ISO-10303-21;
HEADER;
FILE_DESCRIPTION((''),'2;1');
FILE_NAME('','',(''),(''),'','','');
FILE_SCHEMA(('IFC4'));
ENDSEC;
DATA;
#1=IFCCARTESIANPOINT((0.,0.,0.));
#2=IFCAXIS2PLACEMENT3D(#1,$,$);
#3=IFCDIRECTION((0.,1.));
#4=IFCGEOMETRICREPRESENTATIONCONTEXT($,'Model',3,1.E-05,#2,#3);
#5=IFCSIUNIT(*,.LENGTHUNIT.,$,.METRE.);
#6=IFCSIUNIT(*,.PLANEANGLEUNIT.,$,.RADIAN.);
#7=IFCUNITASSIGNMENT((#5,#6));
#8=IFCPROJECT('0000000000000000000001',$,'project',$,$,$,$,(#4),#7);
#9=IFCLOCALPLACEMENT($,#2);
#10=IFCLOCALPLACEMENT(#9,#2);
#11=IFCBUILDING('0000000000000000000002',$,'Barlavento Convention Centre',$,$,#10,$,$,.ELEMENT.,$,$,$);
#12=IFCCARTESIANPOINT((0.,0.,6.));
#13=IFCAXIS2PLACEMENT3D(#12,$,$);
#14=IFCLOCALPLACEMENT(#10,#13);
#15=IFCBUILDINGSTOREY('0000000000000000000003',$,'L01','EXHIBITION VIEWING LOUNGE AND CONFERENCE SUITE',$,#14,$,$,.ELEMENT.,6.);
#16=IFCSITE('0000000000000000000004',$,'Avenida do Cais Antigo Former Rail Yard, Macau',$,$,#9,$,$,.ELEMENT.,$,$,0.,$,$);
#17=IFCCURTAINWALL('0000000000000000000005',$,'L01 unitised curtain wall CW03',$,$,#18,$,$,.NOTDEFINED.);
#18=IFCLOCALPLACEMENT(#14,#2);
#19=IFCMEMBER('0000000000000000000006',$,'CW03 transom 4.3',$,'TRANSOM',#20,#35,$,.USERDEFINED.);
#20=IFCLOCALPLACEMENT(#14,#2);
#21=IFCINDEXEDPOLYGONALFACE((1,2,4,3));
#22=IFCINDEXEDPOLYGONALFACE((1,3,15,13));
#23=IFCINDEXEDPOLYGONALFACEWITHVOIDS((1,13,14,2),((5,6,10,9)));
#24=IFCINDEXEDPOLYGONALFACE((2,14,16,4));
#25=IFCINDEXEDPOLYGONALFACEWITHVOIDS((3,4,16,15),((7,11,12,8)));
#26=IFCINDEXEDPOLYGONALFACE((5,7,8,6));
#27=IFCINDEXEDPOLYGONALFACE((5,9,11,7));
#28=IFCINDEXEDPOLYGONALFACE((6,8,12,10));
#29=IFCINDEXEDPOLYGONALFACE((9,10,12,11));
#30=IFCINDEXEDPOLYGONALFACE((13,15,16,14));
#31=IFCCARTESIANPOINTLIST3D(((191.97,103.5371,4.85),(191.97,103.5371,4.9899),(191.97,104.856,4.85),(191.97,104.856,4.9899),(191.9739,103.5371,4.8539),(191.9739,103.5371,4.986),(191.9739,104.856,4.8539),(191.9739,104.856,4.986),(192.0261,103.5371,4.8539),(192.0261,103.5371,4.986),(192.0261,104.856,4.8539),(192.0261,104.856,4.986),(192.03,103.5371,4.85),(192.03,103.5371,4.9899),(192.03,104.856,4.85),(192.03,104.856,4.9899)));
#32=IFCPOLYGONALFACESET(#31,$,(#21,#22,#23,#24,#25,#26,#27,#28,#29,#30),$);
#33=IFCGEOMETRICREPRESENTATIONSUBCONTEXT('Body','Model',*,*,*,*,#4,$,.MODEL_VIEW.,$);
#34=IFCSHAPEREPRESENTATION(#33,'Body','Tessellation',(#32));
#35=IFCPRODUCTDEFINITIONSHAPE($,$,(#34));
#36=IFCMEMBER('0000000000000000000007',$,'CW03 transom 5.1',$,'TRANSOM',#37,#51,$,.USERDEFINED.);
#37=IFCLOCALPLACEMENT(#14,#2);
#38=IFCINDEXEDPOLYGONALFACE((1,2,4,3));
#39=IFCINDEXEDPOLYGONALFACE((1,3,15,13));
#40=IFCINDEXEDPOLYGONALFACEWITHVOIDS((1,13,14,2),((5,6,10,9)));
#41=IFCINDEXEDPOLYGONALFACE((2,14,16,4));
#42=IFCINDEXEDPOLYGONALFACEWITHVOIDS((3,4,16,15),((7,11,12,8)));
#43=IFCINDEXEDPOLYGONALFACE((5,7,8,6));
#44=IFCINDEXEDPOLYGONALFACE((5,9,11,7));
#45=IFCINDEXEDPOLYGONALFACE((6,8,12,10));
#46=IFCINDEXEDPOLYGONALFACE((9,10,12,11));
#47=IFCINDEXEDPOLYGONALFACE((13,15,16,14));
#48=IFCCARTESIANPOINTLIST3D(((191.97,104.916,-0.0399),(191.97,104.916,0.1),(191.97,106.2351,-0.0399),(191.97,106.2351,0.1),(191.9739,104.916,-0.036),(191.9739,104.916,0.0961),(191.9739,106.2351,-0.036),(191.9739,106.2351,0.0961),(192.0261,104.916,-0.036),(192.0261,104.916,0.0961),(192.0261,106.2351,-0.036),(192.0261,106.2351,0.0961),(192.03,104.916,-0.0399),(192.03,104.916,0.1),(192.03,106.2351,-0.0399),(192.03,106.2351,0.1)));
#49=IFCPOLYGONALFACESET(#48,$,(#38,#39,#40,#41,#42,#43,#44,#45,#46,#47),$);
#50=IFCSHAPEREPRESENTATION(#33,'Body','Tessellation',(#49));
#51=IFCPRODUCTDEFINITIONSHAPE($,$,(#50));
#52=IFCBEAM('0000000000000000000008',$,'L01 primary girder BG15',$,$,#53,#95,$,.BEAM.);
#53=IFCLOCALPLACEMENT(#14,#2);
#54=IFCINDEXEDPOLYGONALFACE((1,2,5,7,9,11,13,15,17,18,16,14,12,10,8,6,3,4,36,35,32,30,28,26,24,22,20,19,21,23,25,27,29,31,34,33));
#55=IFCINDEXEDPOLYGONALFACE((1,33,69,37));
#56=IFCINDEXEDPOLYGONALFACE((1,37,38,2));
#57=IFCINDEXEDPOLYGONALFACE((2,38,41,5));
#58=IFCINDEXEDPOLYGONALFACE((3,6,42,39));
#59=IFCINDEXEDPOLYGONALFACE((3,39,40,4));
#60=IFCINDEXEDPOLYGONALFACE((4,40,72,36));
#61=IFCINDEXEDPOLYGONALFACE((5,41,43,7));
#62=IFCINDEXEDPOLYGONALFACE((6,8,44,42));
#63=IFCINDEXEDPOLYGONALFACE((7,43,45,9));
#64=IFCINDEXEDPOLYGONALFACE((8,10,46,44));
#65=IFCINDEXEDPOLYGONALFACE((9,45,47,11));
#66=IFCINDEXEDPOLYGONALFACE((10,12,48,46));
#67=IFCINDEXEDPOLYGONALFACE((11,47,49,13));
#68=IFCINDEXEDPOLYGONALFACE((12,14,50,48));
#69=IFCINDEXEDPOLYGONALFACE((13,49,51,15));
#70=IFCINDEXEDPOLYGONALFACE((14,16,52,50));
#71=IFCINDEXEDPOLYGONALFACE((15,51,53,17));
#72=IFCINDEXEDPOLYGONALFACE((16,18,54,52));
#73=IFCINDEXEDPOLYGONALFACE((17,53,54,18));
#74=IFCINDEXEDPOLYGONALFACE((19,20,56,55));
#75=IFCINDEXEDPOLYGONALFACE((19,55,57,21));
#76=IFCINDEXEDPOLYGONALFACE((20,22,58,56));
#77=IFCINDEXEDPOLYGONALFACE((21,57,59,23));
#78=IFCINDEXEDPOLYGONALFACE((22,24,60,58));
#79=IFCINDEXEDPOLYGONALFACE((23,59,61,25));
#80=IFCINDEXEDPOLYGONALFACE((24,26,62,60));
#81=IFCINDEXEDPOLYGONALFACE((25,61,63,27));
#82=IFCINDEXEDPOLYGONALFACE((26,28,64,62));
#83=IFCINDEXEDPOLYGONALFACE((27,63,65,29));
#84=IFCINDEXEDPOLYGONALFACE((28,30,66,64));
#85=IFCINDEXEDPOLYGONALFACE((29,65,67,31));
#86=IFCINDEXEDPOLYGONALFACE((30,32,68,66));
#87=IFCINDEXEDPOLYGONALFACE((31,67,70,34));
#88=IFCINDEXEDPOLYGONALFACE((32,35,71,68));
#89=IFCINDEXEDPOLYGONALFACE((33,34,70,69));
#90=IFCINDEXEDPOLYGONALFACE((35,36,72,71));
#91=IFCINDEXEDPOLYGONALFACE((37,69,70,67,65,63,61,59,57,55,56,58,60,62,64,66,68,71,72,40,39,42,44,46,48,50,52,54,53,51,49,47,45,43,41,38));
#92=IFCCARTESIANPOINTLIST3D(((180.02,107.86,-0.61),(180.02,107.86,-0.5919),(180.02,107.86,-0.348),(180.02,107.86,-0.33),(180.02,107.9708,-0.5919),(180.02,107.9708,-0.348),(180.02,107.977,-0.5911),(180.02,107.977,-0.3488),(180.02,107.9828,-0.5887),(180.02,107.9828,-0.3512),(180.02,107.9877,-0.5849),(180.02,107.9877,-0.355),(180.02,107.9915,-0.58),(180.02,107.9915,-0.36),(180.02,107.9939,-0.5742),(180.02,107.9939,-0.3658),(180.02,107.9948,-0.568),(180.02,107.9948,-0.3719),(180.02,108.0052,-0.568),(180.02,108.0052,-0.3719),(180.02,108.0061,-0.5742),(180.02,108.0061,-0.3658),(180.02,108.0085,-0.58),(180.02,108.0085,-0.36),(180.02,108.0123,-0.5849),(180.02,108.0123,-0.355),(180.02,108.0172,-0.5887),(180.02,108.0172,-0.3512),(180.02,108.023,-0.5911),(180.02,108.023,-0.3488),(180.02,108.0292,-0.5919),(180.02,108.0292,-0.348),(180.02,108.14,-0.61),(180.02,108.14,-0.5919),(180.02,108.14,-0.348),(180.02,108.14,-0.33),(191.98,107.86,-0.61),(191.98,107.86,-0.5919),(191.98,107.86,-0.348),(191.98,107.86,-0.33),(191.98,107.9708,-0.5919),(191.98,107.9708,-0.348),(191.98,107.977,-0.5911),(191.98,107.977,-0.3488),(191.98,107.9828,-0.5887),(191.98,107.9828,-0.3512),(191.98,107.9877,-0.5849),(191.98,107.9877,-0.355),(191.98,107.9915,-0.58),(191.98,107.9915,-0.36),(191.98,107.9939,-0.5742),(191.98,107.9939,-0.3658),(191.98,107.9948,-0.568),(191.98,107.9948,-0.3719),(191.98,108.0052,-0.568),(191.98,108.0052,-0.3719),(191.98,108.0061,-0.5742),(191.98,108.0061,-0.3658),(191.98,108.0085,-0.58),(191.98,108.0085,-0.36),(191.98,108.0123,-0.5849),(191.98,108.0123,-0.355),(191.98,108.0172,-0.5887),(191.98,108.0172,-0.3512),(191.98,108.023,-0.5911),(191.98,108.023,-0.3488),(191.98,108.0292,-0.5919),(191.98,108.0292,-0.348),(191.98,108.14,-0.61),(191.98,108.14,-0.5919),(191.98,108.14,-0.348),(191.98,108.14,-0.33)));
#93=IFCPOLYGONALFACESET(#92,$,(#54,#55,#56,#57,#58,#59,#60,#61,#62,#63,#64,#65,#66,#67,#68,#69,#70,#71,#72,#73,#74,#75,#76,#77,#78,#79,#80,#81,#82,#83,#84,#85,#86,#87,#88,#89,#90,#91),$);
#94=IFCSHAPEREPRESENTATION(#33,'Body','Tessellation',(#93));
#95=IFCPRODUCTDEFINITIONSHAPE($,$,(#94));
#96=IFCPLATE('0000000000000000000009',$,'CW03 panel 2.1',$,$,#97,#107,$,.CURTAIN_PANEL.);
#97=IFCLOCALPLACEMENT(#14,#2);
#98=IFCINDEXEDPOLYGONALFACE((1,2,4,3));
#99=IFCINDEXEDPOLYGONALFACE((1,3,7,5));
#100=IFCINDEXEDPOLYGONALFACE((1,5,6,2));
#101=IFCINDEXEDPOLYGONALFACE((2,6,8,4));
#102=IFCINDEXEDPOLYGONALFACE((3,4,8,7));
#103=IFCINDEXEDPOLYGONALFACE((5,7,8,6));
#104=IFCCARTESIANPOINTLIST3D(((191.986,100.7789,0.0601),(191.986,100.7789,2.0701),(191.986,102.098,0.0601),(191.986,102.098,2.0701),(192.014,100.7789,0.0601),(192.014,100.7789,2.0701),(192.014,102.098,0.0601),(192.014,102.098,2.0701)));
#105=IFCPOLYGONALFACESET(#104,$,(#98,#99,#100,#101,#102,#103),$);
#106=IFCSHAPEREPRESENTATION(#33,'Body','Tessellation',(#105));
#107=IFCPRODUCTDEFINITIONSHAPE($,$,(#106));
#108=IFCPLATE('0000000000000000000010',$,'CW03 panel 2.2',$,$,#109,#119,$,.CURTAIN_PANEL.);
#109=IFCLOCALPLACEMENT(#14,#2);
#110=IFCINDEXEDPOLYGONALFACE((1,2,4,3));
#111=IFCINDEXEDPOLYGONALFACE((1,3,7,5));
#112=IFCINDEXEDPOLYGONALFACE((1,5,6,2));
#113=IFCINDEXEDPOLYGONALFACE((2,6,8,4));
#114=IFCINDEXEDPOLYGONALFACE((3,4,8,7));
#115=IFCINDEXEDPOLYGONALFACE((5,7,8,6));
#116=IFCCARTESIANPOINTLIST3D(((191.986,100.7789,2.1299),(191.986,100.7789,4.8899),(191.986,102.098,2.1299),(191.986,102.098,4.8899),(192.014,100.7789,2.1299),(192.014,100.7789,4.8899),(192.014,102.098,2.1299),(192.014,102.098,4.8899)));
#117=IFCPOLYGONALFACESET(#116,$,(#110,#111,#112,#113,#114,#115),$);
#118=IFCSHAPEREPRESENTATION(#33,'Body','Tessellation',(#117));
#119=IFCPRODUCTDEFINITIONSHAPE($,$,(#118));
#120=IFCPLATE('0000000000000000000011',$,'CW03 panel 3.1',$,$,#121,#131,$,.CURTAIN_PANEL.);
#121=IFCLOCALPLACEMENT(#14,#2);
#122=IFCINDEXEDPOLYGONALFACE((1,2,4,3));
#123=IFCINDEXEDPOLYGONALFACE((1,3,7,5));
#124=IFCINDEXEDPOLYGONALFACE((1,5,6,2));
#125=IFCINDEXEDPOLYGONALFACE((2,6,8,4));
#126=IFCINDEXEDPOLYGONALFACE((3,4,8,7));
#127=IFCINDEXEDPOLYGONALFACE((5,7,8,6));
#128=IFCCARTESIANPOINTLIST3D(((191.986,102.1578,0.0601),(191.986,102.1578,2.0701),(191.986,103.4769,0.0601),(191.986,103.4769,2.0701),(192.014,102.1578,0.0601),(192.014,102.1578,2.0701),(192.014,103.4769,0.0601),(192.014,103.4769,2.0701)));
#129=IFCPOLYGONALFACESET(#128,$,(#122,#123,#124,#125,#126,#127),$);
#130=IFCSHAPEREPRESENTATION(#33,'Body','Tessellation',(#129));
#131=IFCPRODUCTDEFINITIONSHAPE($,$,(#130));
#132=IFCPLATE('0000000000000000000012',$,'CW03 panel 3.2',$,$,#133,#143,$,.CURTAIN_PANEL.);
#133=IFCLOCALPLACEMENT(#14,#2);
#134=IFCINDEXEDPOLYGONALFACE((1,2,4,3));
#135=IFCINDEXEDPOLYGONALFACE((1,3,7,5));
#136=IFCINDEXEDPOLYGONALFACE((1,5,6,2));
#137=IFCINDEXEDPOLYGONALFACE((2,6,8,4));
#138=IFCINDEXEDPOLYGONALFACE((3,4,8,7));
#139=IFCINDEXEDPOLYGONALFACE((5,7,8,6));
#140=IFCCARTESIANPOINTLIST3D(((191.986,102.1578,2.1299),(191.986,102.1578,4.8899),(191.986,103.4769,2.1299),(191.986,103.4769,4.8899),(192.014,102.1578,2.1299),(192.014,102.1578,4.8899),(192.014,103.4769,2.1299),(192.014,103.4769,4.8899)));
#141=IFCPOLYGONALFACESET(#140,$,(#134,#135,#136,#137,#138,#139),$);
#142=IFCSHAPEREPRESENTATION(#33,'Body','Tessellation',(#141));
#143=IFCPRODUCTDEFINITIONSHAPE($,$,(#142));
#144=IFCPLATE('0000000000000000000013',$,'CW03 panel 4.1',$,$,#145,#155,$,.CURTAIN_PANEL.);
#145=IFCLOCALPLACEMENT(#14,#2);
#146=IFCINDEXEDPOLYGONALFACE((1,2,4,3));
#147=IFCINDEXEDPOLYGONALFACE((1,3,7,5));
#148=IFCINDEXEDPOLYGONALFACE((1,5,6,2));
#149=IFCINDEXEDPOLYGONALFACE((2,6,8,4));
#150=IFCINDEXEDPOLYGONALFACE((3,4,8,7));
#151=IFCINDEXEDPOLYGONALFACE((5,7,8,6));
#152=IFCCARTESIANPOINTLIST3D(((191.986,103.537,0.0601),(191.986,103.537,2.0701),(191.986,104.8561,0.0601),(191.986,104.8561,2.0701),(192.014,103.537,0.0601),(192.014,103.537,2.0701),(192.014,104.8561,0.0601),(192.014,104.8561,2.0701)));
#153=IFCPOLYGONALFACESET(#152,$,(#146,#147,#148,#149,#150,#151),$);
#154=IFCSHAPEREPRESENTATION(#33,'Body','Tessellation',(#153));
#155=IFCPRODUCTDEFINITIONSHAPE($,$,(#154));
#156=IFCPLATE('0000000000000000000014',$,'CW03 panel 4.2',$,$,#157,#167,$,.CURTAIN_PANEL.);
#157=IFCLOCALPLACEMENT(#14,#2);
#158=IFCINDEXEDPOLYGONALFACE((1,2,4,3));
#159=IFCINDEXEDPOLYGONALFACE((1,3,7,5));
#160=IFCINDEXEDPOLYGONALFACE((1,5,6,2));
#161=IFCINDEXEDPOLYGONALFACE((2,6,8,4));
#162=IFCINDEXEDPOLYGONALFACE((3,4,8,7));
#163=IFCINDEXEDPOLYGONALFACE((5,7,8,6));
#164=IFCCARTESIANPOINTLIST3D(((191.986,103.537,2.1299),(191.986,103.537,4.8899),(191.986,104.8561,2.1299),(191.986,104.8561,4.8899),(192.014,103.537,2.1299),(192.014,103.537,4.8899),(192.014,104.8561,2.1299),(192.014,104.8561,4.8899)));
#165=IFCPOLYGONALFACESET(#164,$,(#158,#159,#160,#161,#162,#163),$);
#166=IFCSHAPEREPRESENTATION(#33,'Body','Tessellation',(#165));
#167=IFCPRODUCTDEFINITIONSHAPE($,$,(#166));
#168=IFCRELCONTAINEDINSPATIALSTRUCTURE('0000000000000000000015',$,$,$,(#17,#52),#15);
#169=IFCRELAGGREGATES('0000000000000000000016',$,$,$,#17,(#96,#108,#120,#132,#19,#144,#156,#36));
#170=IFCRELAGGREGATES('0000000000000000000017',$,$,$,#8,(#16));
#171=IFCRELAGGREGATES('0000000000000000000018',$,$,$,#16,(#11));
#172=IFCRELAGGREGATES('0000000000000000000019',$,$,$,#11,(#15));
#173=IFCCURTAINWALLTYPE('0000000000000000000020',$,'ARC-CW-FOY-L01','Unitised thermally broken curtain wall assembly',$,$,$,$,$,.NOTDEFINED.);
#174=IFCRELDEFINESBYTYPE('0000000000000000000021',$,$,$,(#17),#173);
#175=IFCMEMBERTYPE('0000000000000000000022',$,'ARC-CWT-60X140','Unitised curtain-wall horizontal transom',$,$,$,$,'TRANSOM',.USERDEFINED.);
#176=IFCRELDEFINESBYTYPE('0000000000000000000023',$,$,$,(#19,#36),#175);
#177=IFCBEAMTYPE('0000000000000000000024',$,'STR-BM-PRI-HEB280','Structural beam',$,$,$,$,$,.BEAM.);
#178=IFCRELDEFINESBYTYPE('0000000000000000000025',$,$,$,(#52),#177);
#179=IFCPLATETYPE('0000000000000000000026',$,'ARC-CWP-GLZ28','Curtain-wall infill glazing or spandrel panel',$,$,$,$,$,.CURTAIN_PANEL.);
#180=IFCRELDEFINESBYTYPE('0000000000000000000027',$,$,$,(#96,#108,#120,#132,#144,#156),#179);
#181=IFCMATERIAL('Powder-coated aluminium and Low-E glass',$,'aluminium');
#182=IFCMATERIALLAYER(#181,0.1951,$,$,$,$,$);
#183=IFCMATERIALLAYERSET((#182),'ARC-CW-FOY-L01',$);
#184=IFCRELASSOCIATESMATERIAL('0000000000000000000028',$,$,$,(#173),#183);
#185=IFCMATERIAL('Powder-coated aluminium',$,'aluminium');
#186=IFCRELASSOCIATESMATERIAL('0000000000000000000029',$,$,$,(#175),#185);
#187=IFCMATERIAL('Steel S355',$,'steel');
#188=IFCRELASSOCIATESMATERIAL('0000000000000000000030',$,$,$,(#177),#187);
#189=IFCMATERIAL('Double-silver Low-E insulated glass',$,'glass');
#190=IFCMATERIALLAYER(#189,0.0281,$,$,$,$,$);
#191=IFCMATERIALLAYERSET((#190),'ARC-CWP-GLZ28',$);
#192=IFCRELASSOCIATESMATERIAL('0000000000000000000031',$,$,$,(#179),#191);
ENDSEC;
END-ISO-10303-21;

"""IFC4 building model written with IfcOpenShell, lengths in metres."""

from ifc_helpers import new_model, si_unit, direction, frame, origin, origin_2d, place, context, subcontext, project, spatial, rectangle, hollow_rectangle, i_section, extrude, material, layer, layer_set, material_profile, profile_set, type_object, element, aggregate, save


model = new_model("IFC4")

# Units and contexts
model_context = context("Model", 3, precision=1e-05, world=origin(), true_north=direction((0.0, 1.0)))
body_context = subcontext(model_context, "Body", "Model", "MODEL_VIEW")
ifc_project = project(units=[si_unit("LENGTHUNIT", "METRE"), si_unit("PLANEANGLEUNIT", "RADIAN")], contexts=[model_context])

# Site, building, storey
site_placement = place(None, origin())
site = spatial("IfcSite", under=ifc_project, at=site_placement, Name="Avenida do Cais Antigo Former Rail Yard, Macau", CompositionType="ELEMENT", RefElevation=0.0)
building_placement = place(site_placement, origin())
building = spatial("IfcBuilding", under=site, at=building_placement, Name="Barlavento Convention Centre", CompositionType="ELEMENT")
storey_placement = place(building_placement, frame((0.0, 0.0, 6.0)))
storey = spatial("IfcBuildingStorey", under=building, at=storey_placement, Name="L01", Description="EXHIBITION VIEWING LOUNGE AND CONFERENCE SUITE", CompositionType="ELEMENT", Elevation=6.0)

# Curtain wall, members
ifc_material_1 = material(Name="Powder-coated aluminium and Low-E glass", Category="aluminium")
ifc_layer_1 = layer(ifc_material_1, 0.1951)
ifc_layer_set_1 = layer_set([ifc_layer_1], Name="ARC-CW-FOY-L01")
curtain_wall_type = type_object("IfcCurtainWallType", Name="ARC-CW-FOY-L01", Description="Unitised thermally broken curtain wall assembly", PredefinedType="NOTDEFINED", material=ifc_layer_set_1)
curtain_wall_placement = place(storey_placement, origin())
curtain_wall = element("IfcCurtainWall", 1, at=curtain_wall_placement, inside=storey, type_object=curtain_wall_type, Name="L01 unitised curtain wall CW03", PredefinedType="NOTDEFINED")
ifc_material_2 = material(Name="Powder-coated aluminium", Category="aluminium")
ifc_material_profile_1 = material_profile(ifc_material_2, hollow_rectangle(XDim=0.0601, YDim=0.1399, WallThickness=0.0039, at=origin_2d()), Name="AL-TRAN 60x140x4")
ifc_profile_set_1 = profile_set([ifc_material_profile_1], Name="Powder-coated aluminium")
member_type_1 = type_object("IfcMemberType", Name="ARC-CWT-60X140", Description="Unitised curtain-wall horizontal transom", ElementType="TRANSOM", PredefinedType="USERDEFINED", material=ifc_profile_set_1)
member_1_placement = place(storey_placement, frame((192.0, 103.5371, 4.9199), z_axis=(0.0, 1.0, 0.0), x_axis=(-1.0, 0.0, 0.0)))
member_1 = element("IfcMember", 2, at=member_1_placement, type_object=member_type_1, Name="CW03 transom 4.3", ObjectType="TRANSOM", PredefinedType="USERDEFINED", context=body_context, shape_type="SweptSolid", body=[
    extrude(hollow_rectangle(XDim=0.0601, YDim=0.1399, WallThickness=0.0039, at=origin_2d()), origin(), (0.0, 0.0, 1.0), 1.3188),
])
member_2_placement = place(storey_placement, frame((192.0, 104.916, 0.03), z_axis=(0.0, 1.0, 0.0), x_axis=(-1.0, 0.0, 0.0)))
member_2 = element("IfcMember", 3, at=member_2_placement, type_object=member_type_1, Name="CW03 transom 5.1", ObjectType="TRANSOM", PredefinedType="USERDEFINED", context=body_context, shape_type="SweptSolid", body=[
    extrude(hollow_rectangle(XDim=0.0601, YDim=0.1399, WallThickness=0.0039, at=origin_2d()), origin(), (0.0, 0.0, 1.0), 1.3191),
])

# Beam
ifc_material_3 = material(Name="Steel S355", Category="steel")
ifc_material_profile_2 = material_profile(ifc_material_3, i_section(OverallWidth=0.28, OverallDepth=0.28, WebThickness=0.0105, FlangeThickness=0.0181, FilletRadius=0.0239, at=origin_2d()), Name="HEB 280")
ifc_profile_set_2 = profile_set([ifc_material_profile_2], Name="Steel S355")
beam_type = type_object("IfcBeamType", Name="STR-BM-PRI-HEB280", Description="Structural beam", PredefinedType="BEAM", material=ifc_profile_set_2)
beam_placement = place(storey_placement, frame((180.02, 108.0, -0.47), z_axis=(1.0, 0.0, 0.0), x_axis=(0.0, 1.0, 0.0)))
element("IfcBeam", 4, at=beam_placement, inside=storey, type_object=beam_type, Name="L01 primary girder BG15", PredefinedType="BEAM", context=body_context, shape_type="SweptSolid", body=[
    extrude(i_section(OverallWidth=0.28, OverallDepth=0.28, WebThickness=0.0105, FlangeThickness=0.0181, FilletRadius=0.0239, at=origin_2d()), origin(), (0.0, 0.0, 1.0), 11.96),
])

# Plates
ifc_material_4 = material(Name="Double-silver Low-E insulated glass", Category="glass")
ifc_layer_2 = layer(ifc_material_4, 0.0281)
ifc_layer_set_2 = layer_set([ifc_layer_2], Name="ARC-CWP-GLZ28")
plate_type = type_object("IfcPlateType", Name="ARC-CWP-GLZ28", Description="Curtain-wall infill glazing or spandrel panel", PredefinedType="CURTAIN_PANEL", material=ifc_layer_set_2)
plate_1_placement = place(storey_placement, frame((192.0, 101.4385, 0.0601), z_axis=(0.0, 0.0, 1.0), x_axis=(0.0, 1.0, 0.0)))
plate_1 = element("IfcPlate", 5, at=plate_1_placement, type_object=plate_type, Name="CW03 panel 2.1", PredefinedType="CURTAIN_PANEL", context=body_context, shape_type="SweptSolid", body=[
    extrude(rectangle(XDim=1.3191, YDim=0.0281, at=origin_2d()), origin(), (0.0, 0.0, 1.0), 2.01),
])
plate_2_placement = place(storey_placement, frame((192.0, 101.4385, 2.1299), z_axis=(0.0, 0.0, 1.0), x_axis=(0.0, 1.0, 0.0)))
plate_2 = element("IfcPlate", 6, at=plate_2_placement, type_object=plate_type, Name="CW03 panel 2.2", PredefinedType="CURTAIN_PANEL", context=body_context, shape_type="SweptSolid", body=[
    extrude(rectangle(XDim=1.3191, YDim=0.0281, at=origin_2d()), origin(), (0.0, 0.0, 1.0), 2.76),
])
plate_3_placement = place(storey_placement, frame((192.0, 102.8174, 0.0601), z_axis=(0.0, 0.0, 1.0), x_axis=(0.0, 1.0, 0.0)))
plate_3 = element("IfcPlate", 7, at=plate_3_placement, type_object=plate_type, Name="CW03 panel 3.1", PredefinedType="CURTAIN_PANEL", context=body_context, shape_type="SweptSolid", body=[
    extrude(rectangle(XDim=1.3191, YDim=0.0281, at=origin_2d()), origin(), (0.0, 0.0, 1.0), 2.01),
])
plate_4_placement = place(storey_placement, frame((192.0, 102.8174, 2.1299), z_axis=(0.0, 0.0, 1.0), x_axis=(0.0, 1.0, 0.0)))
plate_4 = element("IfcPlate", 8, at=plate_4_placement, type_object=plate_type, Name="CW03 panel 3.2", PredefinedType="CURTAIN_PANEL", context=body_context, shape_type="SweptSolid", body=[
    extrude(rectangle(XDim=1.3191, YDim=0.0281, at=origin_2d()), origin(), (0.0, 0.0, 1.0), 2.76),
])
plate_5_placement = place(storey_placement, frame((192.0, 104.1965, 0.0601), z_axis=(0.0, 0.0, 1.0), x_axis=(0.0, 1.0, 0.0)))
plate_5 = element("IfcPlate", 9, at=plate_5_placement, type_object=plate_type, Name="CW03 panel 4.1", PredefinedType="CURTAIN_PANEL", context=body_context, shape_type="SweptSolid", body=[
    extrude(rectangle(XDim=1.3191, YDim=0.0281, at=origin_2d()), origin(), (0.0, 0.0, 1.0), 2.01),
])
plate_6_placement = place(storey_placement, frame((192.0, 104.1965, 2.1299), z_axis=(0.0, 0.0, 1.0), x_axis=(0.0, 1.0, 0.0)))
plate_6 = element("IfcPlate", 10, at=plate_6_placement, type_object=plate_type, Name="CW03 panel 4.2", PredefinedType="CURTAIN_PANEL", context=body_context, shape_type="SweptSolid", body=[
    extrude(rectangle(XDim=1.3191, YDim=0.0281, at=origin_2d()), origin(), (0.0, 0.0, 1.0), 2.76),
])
aggregate(curtain_wall, [plate_1, plate_2, plate_3, plate_4, member_1, plate_5, plate_6, member_2])

save(model, "model.ifc")
